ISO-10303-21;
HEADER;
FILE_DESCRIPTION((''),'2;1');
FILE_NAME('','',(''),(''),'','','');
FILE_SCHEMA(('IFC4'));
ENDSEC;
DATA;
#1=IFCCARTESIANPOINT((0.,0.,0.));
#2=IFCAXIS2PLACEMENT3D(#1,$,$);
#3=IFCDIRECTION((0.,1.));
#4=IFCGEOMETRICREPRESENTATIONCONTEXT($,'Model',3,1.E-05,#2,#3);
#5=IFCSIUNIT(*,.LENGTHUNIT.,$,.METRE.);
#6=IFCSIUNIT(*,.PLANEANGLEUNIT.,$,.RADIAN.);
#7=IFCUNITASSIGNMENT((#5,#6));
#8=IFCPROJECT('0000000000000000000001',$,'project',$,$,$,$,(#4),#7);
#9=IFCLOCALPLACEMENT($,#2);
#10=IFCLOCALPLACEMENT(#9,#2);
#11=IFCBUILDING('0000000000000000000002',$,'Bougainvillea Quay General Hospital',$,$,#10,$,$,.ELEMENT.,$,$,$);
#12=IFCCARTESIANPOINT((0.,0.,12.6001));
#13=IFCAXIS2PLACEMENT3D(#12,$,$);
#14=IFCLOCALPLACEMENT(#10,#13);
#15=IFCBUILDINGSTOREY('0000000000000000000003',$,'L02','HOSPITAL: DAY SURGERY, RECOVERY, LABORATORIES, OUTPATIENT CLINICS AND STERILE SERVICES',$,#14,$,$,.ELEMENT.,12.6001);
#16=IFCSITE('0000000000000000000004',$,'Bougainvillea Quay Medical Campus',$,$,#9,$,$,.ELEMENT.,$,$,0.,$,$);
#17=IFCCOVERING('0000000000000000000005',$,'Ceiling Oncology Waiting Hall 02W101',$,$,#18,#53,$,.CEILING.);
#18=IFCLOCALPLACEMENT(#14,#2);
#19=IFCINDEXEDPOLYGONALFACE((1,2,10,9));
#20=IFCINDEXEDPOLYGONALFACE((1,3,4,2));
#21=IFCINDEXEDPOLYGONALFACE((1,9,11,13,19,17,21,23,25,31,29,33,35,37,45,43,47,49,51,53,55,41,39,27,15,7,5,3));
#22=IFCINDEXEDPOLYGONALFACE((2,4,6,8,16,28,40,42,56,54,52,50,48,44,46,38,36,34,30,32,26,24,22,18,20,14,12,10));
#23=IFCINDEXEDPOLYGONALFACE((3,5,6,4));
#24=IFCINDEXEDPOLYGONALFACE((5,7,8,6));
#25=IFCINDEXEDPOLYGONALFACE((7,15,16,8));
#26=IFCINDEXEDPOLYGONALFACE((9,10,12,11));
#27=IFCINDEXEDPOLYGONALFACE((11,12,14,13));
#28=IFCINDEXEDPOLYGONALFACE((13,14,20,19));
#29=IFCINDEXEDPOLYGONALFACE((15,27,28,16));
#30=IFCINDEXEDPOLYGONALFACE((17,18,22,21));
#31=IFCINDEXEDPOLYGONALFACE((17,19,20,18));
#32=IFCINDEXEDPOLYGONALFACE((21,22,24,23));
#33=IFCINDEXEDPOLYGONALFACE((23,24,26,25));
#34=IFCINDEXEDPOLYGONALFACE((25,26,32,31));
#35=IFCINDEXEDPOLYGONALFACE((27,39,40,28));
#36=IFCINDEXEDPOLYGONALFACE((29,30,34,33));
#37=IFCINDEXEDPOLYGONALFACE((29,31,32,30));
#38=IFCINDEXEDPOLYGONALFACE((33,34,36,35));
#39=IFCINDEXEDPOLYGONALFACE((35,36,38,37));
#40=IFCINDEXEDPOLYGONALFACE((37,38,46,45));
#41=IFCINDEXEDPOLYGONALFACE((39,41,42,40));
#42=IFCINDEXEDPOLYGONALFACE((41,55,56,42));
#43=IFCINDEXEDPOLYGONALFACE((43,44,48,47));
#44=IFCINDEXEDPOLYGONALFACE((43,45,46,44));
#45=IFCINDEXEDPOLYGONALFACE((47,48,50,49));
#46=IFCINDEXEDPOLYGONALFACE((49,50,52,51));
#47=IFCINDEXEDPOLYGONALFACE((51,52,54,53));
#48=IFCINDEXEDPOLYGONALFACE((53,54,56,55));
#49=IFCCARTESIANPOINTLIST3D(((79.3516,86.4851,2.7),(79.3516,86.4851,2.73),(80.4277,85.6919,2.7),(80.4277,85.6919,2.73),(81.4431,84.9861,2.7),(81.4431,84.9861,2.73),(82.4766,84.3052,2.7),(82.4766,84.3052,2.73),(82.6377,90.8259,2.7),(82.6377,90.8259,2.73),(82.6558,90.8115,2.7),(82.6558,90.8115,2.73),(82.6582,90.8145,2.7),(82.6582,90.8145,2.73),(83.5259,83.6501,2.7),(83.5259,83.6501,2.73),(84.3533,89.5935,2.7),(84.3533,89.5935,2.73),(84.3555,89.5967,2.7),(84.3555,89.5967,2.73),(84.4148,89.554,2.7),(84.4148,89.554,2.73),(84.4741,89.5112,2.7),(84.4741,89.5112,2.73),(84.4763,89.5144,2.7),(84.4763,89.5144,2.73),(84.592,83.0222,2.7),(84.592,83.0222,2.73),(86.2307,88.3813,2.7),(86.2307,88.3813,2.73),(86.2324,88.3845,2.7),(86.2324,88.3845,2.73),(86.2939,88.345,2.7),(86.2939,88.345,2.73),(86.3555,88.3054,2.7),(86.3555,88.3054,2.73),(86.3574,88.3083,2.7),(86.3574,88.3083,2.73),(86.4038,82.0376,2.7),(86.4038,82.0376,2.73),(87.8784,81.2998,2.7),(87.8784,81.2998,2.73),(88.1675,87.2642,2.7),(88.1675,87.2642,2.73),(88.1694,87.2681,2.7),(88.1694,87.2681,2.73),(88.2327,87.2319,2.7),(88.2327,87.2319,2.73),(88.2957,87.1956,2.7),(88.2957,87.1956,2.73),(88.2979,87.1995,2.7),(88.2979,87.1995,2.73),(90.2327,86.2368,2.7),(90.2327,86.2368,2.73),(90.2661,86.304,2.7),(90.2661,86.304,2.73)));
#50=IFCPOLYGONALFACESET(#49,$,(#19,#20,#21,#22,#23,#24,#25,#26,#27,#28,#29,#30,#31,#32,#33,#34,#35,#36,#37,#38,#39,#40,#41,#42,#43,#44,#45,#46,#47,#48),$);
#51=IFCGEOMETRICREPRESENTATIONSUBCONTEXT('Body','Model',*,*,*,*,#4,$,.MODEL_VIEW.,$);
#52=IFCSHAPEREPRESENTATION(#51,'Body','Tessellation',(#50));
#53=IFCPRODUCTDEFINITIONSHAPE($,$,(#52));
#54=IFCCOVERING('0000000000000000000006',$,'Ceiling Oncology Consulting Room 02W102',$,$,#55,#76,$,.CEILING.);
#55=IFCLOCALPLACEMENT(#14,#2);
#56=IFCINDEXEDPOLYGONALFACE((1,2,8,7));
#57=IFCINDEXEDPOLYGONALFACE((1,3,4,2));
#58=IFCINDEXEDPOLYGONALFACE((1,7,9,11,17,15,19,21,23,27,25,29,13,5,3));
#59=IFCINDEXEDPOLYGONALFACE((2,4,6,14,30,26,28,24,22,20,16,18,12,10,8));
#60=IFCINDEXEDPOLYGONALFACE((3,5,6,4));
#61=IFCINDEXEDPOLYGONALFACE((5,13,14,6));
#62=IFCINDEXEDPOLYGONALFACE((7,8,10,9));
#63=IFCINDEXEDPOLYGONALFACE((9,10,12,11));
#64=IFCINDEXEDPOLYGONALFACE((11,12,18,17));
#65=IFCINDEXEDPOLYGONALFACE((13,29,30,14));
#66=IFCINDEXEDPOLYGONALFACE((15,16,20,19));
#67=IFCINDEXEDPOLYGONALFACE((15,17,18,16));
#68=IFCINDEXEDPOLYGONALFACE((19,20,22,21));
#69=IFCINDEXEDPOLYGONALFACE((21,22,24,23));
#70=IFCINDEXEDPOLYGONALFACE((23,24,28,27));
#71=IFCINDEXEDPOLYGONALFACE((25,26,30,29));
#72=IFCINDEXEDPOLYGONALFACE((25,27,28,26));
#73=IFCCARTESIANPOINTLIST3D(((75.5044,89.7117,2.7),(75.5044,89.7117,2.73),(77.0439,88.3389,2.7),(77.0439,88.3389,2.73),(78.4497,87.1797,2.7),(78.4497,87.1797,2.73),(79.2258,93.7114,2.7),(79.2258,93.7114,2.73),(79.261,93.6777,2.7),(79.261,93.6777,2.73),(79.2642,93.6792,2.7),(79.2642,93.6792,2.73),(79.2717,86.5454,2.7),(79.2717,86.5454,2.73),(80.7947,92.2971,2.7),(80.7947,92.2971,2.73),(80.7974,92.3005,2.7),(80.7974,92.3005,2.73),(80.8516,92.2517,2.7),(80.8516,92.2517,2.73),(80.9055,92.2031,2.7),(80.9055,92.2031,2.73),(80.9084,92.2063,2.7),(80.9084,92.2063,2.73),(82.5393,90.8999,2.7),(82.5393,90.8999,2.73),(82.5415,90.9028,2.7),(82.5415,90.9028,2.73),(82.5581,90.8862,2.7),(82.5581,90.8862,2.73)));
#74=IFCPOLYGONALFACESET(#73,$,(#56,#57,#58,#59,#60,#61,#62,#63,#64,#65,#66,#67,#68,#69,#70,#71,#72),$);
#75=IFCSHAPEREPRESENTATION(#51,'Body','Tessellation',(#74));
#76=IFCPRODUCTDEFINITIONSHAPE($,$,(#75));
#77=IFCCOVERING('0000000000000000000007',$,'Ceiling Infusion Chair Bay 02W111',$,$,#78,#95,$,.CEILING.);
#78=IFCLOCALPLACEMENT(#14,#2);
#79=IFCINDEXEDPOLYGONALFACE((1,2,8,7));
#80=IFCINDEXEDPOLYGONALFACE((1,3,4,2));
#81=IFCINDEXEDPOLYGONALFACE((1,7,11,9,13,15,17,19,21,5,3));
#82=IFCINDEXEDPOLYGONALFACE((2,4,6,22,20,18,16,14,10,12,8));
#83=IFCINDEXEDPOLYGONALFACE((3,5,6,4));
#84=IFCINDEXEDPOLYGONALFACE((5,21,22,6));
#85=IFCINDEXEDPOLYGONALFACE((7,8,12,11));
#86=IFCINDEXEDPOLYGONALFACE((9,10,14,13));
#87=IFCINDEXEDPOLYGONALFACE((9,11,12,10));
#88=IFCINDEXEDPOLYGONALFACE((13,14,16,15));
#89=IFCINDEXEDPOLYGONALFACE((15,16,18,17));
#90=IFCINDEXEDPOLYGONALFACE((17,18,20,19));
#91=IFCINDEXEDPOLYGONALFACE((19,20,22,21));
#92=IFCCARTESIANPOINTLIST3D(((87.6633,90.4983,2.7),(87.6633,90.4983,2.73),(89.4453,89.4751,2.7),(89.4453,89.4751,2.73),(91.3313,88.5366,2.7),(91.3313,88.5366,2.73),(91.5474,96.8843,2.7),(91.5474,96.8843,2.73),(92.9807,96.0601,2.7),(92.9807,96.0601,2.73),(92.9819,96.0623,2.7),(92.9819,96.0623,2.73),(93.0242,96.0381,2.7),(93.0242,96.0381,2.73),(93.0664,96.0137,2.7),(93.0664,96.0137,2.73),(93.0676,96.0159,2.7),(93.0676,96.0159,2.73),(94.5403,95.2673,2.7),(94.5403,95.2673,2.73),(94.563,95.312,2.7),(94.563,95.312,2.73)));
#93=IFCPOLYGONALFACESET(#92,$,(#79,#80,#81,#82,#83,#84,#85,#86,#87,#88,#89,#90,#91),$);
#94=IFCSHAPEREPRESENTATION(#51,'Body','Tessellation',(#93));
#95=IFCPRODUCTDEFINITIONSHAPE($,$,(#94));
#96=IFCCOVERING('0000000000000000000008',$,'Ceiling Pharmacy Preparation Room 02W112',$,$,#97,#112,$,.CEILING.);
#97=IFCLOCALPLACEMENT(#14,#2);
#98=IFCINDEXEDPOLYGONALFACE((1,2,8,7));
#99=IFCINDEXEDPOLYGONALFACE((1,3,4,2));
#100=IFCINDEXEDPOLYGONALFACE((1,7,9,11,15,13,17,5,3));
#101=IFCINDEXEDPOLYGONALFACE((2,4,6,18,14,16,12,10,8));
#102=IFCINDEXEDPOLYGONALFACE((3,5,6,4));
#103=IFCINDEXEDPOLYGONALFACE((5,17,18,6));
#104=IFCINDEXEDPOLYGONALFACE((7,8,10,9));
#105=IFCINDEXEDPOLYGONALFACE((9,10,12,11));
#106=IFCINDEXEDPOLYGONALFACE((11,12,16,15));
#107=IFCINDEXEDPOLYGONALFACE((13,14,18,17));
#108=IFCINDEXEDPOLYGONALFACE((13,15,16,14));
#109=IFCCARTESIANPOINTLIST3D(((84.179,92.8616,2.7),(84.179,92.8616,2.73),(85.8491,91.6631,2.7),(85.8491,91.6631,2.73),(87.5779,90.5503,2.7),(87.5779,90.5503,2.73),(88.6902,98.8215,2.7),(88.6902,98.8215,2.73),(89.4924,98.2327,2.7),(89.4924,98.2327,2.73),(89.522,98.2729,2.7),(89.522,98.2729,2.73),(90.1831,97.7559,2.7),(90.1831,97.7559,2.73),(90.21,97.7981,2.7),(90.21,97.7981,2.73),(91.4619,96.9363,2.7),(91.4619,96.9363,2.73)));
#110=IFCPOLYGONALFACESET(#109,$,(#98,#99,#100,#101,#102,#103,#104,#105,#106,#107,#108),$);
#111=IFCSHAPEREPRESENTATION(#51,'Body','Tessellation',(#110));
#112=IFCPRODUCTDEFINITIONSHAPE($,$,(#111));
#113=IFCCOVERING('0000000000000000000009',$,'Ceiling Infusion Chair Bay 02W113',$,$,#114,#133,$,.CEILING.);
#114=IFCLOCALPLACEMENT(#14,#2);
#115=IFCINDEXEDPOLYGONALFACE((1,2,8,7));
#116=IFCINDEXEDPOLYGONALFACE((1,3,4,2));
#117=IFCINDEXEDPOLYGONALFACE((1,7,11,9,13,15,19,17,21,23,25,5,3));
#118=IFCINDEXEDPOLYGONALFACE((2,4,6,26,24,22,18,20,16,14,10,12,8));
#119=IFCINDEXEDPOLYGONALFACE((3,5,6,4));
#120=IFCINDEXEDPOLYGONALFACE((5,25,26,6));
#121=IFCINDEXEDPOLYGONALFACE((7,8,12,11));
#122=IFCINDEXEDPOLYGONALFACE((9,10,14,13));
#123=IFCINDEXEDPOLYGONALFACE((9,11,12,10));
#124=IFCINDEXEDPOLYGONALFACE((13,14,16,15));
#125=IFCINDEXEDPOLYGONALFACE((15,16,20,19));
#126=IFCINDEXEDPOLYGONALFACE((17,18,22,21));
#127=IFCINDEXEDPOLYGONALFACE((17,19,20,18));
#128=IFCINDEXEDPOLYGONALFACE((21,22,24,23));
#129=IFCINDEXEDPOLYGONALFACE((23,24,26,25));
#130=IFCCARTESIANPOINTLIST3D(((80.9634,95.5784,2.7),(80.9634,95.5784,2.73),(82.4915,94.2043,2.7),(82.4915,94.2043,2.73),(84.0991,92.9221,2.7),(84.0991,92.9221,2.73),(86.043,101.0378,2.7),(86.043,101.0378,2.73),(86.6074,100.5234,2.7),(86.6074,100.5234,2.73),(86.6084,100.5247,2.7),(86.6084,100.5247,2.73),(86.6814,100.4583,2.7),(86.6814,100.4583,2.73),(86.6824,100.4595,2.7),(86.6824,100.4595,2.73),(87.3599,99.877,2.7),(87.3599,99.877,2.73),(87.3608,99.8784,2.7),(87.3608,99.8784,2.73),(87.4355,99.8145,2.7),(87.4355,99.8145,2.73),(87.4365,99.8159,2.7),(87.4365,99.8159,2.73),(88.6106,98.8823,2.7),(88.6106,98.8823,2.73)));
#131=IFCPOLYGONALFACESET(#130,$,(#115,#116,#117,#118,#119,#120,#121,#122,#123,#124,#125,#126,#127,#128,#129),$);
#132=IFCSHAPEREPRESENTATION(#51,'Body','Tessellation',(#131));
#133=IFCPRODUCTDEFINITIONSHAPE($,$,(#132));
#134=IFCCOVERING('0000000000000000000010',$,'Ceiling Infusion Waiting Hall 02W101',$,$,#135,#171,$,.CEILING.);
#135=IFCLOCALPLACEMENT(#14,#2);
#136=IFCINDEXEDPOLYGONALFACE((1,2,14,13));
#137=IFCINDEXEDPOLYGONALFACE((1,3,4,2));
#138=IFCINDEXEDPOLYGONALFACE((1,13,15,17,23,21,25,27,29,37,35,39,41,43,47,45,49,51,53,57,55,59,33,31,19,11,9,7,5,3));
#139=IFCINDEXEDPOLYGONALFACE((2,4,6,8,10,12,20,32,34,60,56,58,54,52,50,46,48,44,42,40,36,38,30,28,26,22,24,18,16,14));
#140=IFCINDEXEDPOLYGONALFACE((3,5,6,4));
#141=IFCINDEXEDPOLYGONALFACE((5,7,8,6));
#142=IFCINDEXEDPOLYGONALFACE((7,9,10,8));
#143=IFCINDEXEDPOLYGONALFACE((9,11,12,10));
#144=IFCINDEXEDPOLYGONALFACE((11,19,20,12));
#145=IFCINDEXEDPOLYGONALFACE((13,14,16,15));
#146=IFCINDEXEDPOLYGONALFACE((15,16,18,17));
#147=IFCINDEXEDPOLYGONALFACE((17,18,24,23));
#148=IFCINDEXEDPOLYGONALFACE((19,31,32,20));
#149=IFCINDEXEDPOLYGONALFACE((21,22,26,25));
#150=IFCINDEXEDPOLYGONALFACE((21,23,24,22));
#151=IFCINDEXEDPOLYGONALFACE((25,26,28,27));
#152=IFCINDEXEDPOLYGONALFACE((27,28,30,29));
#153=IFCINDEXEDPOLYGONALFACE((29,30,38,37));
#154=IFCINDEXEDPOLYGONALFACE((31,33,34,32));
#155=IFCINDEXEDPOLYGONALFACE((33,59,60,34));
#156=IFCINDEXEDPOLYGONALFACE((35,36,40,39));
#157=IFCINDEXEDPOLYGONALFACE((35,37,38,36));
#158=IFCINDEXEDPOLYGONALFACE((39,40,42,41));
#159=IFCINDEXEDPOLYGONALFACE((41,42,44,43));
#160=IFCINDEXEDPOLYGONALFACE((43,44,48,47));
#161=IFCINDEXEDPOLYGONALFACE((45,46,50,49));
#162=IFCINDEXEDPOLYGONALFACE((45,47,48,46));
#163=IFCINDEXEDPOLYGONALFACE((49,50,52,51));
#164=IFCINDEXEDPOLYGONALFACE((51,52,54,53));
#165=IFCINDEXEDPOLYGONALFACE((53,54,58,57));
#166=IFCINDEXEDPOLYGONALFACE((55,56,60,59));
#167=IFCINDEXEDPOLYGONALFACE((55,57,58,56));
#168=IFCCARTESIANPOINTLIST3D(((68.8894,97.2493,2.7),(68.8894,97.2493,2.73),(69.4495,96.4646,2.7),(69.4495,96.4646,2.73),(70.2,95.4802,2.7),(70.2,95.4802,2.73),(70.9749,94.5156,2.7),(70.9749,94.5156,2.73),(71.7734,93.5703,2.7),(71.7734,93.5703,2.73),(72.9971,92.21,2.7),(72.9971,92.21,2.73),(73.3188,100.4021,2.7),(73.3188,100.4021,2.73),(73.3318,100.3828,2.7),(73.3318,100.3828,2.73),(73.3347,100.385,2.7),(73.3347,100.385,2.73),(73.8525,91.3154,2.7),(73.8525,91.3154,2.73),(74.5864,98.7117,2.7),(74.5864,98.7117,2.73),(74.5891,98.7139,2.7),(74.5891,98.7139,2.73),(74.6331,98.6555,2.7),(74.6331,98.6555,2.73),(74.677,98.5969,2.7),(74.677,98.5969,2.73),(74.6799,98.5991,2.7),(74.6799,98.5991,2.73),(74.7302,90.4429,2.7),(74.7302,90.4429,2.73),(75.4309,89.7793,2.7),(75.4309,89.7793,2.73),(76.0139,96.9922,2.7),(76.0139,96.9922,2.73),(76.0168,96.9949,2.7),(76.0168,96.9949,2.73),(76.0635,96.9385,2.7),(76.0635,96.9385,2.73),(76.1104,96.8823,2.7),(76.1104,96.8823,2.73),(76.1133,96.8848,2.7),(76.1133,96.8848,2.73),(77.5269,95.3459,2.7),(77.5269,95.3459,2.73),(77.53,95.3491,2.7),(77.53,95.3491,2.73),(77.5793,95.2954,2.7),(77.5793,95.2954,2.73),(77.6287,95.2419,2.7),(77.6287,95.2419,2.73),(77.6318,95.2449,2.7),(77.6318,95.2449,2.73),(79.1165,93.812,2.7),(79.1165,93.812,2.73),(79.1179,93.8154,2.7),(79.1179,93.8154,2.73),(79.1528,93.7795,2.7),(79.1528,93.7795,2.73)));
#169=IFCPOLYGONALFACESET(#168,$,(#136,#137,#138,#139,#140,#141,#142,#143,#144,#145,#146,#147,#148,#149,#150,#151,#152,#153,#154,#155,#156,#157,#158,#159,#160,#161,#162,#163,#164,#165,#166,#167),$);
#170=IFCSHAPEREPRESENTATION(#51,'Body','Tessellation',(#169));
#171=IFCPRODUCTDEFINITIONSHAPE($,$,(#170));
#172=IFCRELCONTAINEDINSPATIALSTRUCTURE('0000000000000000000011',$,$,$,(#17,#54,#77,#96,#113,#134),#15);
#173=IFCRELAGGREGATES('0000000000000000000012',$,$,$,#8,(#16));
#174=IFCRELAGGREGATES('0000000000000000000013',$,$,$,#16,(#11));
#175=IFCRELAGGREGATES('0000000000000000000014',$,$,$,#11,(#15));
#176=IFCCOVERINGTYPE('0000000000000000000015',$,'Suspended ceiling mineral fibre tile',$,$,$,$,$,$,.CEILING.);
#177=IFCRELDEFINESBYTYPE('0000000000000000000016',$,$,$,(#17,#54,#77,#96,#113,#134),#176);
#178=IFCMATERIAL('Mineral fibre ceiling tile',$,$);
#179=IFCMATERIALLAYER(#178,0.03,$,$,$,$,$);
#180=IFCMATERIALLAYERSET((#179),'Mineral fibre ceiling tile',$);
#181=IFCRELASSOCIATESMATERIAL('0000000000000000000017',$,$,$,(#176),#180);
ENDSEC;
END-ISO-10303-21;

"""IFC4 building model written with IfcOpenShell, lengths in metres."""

from ifc_helpers import new_model, si_unit, direction, frame, origin, place, context, subcontext, project, spatial, polyline, outline, extrude, material, layer, layer_set, type_object, element, save


model = new_model("IFC4")

# Units and contexts
model_context = context("Model", 3, precision=1e-05, world=origin(), true_north=direction((0.0, 1.0)))
body_context = subcontext(model_context, "Body", "Model", "MODEL_VIEW")
ifc_project = project(units=[si_unit("LENGTHUNIT", "METRE"), si_unit("PLANEANGLEUNIT", "RADIAN")], contexts=[model_context])

# Site, building, storey
site_placement = place(None, origin())
site = spatial("IfcSite", under=ifc_project, at=site_placement, Name="Bougainvillea Quay Medical Campus", CompositionType="ELEMENT", RefElevation=0.0)
building_placement = place(site_placement, origin())
building = spatial("IfcBuilding", under=site, at=building_placement, Name="Bougainvillea Quay General Hospital", CompositionType="ELEMENT")
storey_placement = place(building_placement, frame((0.0, 0.0, 12.6001)))
storey = spatial("IfcBuildingStorey", under=building, at=storey_placement, Name="L02", Description="HOSPITAL: DAY SURGERY, RECOVERY, LABORATORIES, OUTPATIENT CLINICS AND STERILE SERVICES", CompositionType="ELEMENT", Elevation=12.6001)

# Coverings
ifc_material = material(Name="Mineral fibre ceiling tile")
ifc_layer = layer(ifc_material, 0.03)
ifc_layer_set = layer_set([ifc_layer], Name="Mineral fibre ceiling tile")
covering_type = type_object("IfcCoveringType", Name="Suspended ceiling mineral fibre tile", PredefinedType="CEILING", material=ifc_layer_set)
covering_1_placement = place(storey_placement, frame((0.0, 0.0, 2.7)))
element("IfcCovering", 1, at=covering_1_placement, inside=storey, type_object=covering_type, Name="Ceiling Oncology Waiting Hall 02W101", PredefinedType="CEILING", context=body_context, shape_type="SweptSolid", body=[
    extrude(outline(polyline([(90.2661, 86.304), (90.2327, 86.2368), (88.2979, 87.1995), (88.2957, 87.1956), (88.2327, 87.2319), (88.1675, 87.2642), (88.1694, 87.2681), (86.3574, 88.3083), (86.3555, 88.3054), (86.2939, 88.345), (86.2307, 88.3813), (86.2324, 88.3845), (84.4763, 89.5144), (84.4741, 89.5112), (84.4148, 89.554), (84.3533, 89.5935), (84.3555, 89.5967), (82.6582, 90.8145), (82.6558, 90.8115), (82.6377, 90.8259), (79.3516, 86.4851), (80.4277, 85.6919), (81.4431, 84.9861), (82.4766, 84.3052), (83.5259, 83.6501), (84.592, 83.0222), (86.4038, 82.0376), (87.8784, 81.2998), (90.2661, 86.304)])), origin(), (0.0, 0.0, 1.0), 0.03),
])
covering_2_placement = place(storey_placement, frame((0.0, 0.0, 2.7)))
element("IfcCovering", 2, at=covering_2_placement, inside=storey, type_object=covering_type, Name="Ceiling Oncology Consulting Room 02W102", PredefinedType="CEILING", context=body_context, shape_type="SweptSolid", body=[
    extrude(outline(polyline([(82.5393, 90.8999), (82.5415, 90.9028), (80.9084, 92.2063), (80.9055, 92.2031), (80.8516, 92.2517), (80.7947, 92.2971), (80.7974, 92.3005), (79.2642, 93.6792), (79.261, 93.6777), (79.2258, 93.7114), (75.5044, 89.7117), (77.0439, 88.3389), (78.4497, 87.1797), (79.2717, 86.5454), (82.5581, 90.8862), (82.5393, 90.8999)])), origin(), (0.0, 0.0, 1.0), 0.03),
])
covering_3_placement = place(storey_placement, frame((0.0, 0.0, 2.7)))
element("IfcCovering", 3, at=covering_3_placement, inside=storey, type_object=covering_type, Name="Ceiling Infusion Chair Bay 02W111", PredefinedType="CEILING", context=body_context, shape_type="SweptSolid", body=[
    extrude(outline(polyline([(94.563, 95.312), (94.5403, 95.2673), (93.0676, 96.0159), (93.0664, 96.0137), (93.0242, 96.0381), (92.9807, 96.0601), (92.9819, 96.0623), (91.5474, 96.8843), (87.6633, 90.4983), (89.4453, 89.4751), (91.3313, 88.5366), (94.563, 95.312)])), origin(), (0.0, 0.0, 1.0), 0.03),
])
covering_4_placement = place(storey_placement, frame((0.0, 0.0, 2.7)))
element("IfcCovering", 4, at=covering_4_placement, inside=storey, type_object=covering_type, Name="Ceiling Pharmacy Preparation Room 02W112", PredefinedType="CEILING", context=body_context, shape_type="SweptSolid", body=[
    extrude(outline(polyline([(89.522, 98.2729), (89.4924, 98.2327), (88.6902, 98.8215), (84.179, 92.8616), (85.8491, 91.6631), (87.5779, 90.5503), (91.4619, 96.9363), (90.1831, 97.7559), (90.21, 97.7981), (89.522, 98.2729)])), origin(), (0.0, 0.0, 1.0), 0.03),
])
covering_5_placement = place(storey_placement, frame((0.0, 0.0, 2.7)))
element("IfcCovering", 5, at=covering_5_placement, inside=storey, type_object=covering_type, Name="Ceiling Infusion Chair Bay 02W113", PredefinedType="CEILING", context=body_context, shape_type="SweptSolid", body=[
    extrude(outline(polyline([(80.9634, 95.5784), (82.4915, 94.2043), (84.0991, 92.9221), (88.6106, 98.8823), (87.4365, 99.8159), (87.4355, 99.8145), (87.3599, 99.877), (87.3608, 99.8784), (86.6824, 100.4595), (86.6814, 100.4583), (86.6074, 100.5234), (86.6084, 100.5247), (86.043, 101.0378), (80.9634, 95.5784)])), origin(), (0.0, 0.0, 1.0), 0.03),
])
covering_6_placement = place(storey_placement, frame((0.0, 0.0, 2.7)))
element("IfcCovering", 6, at=covering_6_placement, inside=storey, type_object=covering_type, Name="Ceiling Infusion Waiting Hall 02W101", PredefinedType="CEILING", context=body_context, shape_type="SweptSolid", body=[
    extrude(outline(polyline([(74.6331, 98.6555), (74.5864, 98.7117), (74.5891, 98.7139), (73.3347, 100.385), (73.3318, 100.3828), (73.3188, 100.4021), (68.8894, 97.2493), (69.4495, 96.4646), (70.2, 95.4802), (70.9749, 94.5156), (71.7734, 93.5703), (72.9971, 92.21), (73.8525, 91.3154), (74.7302, 90.4429), (75.4309, 89.7793), (79.1528, 93.7795), (79.1165, 93.812), (79.1179, 93.8154), (77.6318, 95.2449), (77.6287, 95.2419), (77.5793, 95.2954), (77.5269, 95.3459), (77.53, 95.3491), (76.1133, 96.8848), (76.1104, 96.8823), (76.0635, 96.9385), (76.0139, 96.9922), (76.0168, 96.9949), (74.6799, 98.5991), (74.677, 98.5969), (74.6331, 98.6555)])), origin(), (0.0, 0.0, 1.0), 0.03),
])

save(model, "model.ifc")
